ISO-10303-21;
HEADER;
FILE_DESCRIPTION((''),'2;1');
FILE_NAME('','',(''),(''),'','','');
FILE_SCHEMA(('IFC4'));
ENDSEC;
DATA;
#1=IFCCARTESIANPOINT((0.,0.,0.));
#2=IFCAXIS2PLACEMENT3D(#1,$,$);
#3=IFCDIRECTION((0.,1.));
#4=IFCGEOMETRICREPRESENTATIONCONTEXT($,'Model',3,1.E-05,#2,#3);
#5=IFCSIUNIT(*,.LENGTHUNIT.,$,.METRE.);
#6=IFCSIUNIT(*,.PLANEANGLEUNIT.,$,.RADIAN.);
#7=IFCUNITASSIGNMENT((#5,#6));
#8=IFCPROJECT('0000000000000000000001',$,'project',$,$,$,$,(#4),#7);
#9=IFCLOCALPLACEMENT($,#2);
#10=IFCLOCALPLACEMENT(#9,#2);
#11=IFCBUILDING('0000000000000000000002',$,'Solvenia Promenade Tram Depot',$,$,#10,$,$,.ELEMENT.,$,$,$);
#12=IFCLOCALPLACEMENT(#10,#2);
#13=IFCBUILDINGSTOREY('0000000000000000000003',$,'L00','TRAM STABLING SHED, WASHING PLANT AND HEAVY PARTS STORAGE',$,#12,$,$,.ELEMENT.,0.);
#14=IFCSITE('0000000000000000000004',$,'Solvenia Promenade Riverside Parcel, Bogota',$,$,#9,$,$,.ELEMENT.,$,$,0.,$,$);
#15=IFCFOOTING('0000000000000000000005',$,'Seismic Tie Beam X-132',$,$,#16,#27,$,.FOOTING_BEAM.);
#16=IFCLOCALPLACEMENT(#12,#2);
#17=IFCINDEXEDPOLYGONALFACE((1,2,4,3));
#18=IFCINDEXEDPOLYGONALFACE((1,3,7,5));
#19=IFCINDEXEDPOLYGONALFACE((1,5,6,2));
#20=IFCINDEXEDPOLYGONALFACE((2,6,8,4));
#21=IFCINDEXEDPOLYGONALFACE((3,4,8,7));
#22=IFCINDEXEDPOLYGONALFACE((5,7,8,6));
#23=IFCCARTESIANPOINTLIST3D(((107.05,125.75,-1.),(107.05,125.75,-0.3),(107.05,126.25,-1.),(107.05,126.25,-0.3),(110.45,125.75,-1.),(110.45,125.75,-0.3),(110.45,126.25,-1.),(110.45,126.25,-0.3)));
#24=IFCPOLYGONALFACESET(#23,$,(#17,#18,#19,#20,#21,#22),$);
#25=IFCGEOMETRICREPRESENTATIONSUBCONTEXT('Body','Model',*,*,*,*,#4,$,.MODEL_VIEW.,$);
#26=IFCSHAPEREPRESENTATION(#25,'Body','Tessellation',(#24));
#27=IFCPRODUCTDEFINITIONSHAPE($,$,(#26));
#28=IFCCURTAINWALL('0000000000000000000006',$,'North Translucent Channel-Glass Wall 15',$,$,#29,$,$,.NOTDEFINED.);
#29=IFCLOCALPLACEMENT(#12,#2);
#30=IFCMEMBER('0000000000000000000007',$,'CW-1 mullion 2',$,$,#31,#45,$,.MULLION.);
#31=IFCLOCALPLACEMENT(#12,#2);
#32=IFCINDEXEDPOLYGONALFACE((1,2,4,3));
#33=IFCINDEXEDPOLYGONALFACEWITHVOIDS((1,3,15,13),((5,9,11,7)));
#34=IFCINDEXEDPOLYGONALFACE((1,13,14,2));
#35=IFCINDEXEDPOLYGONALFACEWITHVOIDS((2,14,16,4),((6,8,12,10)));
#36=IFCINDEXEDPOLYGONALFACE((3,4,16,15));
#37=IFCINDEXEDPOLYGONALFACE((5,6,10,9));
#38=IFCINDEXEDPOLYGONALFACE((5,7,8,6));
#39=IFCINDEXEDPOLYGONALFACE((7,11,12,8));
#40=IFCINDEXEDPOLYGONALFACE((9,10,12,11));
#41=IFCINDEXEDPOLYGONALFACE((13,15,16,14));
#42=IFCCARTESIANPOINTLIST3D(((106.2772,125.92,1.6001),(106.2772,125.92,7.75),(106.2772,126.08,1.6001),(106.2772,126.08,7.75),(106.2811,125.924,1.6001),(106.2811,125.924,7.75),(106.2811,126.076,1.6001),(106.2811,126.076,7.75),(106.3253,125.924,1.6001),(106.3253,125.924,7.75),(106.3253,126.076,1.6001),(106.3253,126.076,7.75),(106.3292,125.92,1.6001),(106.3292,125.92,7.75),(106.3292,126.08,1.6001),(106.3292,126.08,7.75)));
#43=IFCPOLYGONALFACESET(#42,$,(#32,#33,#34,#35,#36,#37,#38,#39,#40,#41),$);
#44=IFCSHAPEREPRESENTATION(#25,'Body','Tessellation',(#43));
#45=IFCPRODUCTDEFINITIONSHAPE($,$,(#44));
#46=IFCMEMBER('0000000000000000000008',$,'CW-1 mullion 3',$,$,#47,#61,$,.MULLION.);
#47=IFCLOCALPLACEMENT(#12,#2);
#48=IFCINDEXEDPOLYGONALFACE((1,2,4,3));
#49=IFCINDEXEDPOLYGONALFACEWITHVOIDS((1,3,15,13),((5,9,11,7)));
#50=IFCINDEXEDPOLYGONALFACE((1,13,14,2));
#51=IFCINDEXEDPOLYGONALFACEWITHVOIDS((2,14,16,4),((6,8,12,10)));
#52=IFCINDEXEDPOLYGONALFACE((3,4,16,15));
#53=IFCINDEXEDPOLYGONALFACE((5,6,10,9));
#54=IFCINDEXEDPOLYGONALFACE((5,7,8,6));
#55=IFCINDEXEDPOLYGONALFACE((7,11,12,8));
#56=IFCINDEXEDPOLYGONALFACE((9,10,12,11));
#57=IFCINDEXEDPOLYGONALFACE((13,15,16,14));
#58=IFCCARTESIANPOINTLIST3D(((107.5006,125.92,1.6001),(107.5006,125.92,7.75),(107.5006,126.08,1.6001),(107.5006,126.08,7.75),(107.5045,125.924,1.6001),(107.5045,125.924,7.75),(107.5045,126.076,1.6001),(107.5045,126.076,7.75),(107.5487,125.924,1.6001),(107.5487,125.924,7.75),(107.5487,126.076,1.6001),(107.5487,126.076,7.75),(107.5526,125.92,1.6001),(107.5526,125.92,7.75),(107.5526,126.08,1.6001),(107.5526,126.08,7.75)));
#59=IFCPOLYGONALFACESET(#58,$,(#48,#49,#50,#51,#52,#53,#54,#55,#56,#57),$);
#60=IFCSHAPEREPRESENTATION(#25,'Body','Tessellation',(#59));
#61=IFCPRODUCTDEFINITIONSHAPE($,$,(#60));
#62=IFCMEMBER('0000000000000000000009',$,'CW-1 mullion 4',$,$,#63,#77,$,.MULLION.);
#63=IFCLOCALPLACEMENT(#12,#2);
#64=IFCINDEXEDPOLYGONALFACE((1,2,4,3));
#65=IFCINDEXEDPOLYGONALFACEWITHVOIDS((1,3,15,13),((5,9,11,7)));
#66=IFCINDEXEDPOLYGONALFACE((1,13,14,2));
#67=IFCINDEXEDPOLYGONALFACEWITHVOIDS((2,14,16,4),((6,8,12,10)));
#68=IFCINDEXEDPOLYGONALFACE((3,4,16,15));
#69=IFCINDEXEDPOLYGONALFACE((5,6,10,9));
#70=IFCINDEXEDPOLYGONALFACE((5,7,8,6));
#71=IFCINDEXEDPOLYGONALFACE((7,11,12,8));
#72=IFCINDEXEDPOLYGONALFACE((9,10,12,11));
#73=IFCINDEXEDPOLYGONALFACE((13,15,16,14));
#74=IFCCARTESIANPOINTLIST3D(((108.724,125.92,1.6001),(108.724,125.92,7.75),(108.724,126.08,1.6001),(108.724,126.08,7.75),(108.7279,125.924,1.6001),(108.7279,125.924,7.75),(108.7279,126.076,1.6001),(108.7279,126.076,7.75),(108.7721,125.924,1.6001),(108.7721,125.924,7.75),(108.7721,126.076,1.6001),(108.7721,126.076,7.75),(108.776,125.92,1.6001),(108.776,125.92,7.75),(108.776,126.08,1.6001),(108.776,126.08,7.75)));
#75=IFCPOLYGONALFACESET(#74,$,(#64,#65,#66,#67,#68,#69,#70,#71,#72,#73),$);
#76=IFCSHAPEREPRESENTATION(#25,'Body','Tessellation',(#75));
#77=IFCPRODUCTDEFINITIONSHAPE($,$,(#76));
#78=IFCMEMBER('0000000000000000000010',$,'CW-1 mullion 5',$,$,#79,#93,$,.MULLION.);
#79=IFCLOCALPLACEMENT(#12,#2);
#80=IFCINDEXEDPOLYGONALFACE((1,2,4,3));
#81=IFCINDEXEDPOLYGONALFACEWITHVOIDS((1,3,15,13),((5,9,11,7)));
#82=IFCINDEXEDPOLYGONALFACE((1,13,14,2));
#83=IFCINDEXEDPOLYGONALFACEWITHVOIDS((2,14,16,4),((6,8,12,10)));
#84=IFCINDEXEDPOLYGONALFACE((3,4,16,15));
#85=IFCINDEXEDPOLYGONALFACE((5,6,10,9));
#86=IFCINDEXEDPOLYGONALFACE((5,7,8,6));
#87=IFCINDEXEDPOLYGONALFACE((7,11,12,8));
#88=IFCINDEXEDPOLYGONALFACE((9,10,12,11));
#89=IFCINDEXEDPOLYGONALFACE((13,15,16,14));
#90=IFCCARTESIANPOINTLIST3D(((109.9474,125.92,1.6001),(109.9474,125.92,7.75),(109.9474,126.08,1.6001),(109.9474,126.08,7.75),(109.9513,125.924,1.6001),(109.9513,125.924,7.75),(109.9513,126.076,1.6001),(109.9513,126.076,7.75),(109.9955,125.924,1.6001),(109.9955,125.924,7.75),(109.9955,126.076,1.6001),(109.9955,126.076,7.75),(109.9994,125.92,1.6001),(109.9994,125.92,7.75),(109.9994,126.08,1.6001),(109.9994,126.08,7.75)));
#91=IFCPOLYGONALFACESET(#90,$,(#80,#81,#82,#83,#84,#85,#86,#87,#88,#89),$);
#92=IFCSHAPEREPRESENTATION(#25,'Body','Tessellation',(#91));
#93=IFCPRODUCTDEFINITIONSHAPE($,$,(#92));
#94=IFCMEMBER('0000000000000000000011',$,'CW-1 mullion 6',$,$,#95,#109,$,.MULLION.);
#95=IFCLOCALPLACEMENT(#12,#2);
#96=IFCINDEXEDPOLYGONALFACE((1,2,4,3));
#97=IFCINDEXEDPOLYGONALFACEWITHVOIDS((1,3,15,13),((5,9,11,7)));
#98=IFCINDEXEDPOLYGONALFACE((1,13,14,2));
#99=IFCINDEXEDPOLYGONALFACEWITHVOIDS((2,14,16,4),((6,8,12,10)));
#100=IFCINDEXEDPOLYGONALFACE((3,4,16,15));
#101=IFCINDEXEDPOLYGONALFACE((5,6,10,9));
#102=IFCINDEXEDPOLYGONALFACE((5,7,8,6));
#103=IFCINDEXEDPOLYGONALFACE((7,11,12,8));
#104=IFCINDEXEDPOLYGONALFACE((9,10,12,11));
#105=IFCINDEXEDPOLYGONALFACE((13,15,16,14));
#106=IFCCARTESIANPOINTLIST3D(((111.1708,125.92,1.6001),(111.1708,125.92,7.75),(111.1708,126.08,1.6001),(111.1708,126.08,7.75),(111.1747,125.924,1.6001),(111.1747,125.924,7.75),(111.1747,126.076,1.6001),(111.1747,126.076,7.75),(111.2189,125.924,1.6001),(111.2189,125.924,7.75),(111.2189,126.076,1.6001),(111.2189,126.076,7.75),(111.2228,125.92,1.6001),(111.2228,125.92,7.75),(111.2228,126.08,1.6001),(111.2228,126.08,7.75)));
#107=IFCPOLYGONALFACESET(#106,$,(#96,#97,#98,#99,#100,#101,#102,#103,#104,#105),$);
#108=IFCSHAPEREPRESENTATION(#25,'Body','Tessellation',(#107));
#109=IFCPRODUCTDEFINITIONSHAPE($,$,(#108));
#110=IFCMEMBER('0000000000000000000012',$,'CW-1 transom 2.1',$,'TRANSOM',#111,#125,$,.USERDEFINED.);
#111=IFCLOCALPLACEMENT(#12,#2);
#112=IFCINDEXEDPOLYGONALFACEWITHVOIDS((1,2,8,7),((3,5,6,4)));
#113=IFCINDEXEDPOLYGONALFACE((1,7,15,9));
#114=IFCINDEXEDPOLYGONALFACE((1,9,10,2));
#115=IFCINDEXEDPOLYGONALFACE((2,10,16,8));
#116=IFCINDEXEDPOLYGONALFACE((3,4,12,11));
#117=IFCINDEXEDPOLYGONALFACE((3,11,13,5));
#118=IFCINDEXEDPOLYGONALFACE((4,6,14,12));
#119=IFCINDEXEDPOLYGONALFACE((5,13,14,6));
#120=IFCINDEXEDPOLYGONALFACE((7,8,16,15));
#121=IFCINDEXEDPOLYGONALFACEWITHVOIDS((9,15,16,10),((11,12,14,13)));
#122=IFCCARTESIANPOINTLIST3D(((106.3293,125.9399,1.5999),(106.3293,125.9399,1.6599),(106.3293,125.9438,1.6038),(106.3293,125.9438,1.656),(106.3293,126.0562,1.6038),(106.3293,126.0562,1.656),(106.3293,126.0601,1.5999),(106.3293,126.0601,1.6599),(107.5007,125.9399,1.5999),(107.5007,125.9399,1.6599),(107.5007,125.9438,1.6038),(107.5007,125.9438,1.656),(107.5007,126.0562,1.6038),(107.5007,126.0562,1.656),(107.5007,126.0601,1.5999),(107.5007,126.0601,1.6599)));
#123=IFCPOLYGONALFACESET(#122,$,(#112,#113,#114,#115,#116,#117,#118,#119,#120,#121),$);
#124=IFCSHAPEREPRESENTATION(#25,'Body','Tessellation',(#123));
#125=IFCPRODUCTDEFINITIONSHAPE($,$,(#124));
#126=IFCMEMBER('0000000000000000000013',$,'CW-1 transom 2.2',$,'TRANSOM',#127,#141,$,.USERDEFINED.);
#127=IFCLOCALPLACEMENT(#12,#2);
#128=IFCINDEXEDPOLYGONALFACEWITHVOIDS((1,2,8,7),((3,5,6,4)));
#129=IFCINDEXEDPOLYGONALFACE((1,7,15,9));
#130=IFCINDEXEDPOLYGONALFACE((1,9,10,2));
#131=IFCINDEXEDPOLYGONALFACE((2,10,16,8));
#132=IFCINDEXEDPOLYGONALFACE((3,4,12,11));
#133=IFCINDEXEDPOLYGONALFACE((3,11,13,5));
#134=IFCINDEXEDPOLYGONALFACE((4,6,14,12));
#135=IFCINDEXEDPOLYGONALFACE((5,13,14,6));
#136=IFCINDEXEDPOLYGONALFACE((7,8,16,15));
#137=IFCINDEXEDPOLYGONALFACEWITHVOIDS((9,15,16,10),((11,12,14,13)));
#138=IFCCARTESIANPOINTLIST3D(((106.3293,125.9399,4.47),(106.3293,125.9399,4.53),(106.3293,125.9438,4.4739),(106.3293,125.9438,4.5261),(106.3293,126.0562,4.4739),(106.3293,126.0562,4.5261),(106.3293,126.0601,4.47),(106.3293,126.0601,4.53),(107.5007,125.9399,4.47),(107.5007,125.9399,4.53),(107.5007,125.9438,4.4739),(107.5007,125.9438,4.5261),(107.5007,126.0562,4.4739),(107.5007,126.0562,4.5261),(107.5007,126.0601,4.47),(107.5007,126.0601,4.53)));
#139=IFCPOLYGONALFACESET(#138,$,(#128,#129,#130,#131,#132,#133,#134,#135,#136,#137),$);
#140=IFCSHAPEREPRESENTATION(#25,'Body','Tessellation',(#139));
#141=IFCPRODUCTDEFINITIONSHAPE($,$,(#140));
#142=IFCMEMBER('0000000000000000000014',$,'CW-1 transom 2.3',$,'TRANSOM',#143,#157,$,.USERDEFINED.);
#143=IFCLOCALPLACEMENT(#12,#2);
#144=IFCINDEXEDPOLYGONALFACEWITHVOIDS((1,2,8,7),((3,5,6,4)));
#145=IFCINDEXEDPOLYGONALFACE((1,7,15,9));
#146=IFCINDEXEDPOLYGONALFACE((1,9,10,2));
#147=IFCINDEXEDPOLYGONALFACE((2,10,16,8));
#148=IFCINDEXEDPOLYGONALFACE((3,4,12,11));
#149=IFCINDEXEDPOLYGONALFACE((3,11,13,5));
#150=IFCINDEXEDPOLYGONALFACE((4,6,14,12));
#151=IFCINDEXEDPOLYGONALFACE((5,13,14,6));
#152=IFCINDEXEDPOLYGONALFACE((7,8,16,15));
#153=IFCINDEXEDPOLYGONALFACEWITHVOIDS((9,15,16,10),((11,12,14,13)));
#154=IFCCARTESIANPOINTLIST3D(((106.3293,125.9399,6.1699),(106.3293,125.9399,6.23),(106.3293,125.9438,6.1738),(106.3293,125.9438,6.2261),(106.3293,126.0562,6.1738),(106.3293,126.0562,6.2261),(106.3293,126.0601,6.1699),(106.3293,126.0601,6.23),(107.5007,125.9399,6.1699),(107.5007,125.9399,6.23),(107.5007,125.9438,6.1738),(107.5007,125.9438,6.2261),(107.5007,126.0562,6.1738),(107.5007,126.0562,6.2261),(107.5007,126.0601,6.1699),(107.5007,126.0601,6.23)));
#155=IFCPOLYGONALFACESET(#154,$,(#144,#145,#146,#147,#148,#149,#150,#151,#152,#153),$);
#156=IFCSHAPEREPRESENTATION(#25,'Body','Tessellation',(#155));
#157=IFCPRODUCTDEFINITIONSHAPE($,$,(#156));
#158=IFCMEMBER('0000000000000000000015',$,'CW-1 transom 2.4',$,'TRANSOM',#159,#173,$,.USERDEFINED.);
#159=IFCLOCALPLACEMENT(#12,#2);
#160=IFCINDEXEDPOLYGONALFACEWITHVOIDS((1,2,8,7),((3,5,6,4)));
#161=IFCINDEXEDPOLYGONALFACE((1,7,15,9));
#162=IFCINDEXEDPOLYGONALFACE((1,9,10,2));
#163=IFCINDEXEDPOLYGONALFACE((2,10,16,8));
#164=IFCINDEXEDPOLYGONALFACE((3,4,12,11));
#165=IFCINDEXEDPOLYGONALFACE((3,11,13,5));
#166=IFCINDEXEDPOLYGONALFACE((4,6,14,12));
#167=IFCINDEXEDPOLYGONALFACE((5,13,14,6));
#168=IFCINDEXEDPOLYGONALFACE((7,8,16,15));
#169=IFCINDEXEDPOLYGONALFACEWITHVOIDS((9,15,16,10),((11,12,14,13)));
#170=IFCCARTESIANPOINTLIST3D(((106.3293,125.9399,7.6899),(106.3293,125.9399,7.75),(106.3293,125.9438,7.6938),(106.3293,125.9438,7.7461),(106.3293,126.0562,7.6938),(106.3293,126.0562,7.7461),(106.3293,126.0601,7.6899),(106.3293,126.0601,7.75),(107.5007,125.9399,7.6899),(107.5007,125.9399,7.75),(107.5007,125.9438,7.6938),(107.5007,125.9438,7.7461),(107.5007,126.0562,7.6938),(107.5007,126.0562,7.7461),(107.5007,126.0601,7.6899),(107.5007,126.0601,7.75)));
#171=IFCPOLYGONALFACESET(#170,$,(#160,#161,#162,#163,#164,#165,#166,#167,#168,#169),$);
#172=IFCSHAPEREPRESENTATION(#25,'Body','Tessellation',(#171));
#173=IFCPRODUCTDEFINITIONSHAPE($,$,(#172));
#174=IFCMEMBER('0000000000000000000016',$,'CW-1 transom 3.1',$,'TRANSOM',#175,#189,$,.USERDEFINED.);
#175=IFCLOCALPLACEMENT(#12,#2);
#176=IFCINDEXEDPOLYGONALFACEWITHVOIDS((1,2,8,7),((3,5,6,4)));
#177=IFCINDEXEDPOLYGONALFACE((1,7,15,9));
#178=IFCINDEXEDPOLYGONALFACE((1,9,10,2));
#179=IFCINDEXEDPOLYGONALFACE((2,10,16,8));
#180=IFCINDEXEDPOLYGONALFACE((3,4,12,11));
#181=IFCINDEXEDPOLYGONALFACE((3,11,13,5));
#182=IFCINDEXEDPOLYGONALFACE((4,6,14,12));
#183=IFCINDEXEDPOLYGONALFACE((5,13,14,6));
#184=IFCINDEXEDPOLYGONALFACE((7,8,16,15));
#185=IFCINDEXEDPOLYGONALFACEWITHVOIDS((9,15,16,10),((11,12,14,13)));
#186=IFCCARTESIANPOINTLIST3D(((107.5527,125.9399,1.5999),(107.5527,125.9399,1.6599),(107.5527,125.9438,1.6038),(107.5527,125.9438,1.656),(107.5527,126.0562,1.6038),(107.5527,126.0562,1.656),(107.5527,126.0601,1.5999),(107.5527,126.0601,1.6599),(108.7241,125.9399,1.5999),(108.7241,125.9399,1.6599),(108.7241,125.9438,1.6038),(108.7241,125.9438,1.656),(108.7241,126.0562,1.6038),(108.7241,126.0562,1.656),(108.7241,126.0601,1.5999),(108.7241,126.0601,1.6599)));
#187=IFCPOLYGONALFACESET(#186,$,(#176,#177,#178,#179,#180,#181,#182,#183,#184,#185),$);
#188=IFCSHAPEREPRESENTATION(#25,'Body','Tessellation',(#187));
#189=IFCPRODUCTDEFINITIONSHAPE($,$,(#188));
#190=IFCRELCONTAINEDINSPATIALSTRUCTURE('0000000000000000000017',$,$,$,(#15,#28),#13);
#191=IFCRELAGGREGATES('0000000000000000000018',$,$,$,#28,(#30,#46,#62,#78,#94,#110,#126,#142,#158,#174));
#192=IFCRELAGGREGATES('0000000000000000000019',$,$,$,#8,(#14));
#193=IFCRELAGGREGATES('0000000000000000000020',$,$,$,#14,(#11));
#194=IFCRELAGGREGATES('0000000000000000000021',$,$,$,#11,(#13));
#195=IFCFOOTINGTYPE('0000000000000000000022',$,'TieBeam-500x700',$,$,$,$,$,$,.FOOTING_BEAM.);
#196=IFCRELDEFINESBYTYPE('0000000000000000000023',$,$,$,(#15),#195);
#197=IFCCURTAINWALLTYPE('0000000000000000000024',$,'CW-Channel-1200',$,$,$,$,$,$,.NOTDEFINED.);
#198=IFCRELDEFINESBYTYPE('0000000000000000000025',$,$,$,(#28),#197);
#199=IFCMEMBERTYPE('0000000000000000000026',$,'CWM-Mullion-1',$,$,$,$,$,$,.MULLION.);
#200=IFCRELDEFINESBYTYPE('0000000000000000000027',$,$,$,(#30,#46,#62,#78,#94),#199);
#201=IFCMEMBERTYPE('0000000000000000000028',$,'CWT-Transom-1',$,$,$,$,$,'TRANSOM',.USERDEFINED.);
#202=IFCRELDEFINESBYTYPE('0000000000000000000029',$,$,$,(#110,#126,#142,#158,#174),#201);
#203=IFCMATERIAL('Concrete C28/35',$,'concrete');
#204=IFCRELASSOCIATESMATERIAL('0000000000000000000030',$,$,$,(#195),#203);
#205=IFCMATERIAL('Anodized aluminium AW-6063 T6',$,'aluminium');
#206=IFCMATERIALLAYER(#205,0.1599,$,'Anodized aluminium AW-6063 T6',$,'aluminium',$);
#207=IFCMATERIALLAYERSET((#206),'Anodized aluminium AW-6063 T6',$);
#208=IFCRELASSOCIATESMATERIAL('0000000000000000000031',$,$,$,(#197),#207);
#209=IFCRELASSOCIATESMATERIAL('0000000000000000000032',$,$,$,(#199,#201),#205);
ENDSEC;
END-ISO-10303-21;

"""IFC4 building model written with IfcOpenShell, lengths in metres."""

from ifc_helpers import new_model, si_unit, direction, frame, origin, origin_2d, place, context, subcontext, project, spatial, rectangle, hollow_rectangle, extrude, material, layer, layer_set, material_profile, profile_set, type_object, element, aggregate, save


model = new_model("IFC4")

# Units and contexts
model_context = context("Model", 3, precision=1e-05, world=origin(), true_north=direction((0.0, 1.0)))
body_context = subcontext(model_context, "Body", "Model", "MODEL_VIEW")
ifc_project = project(units=[si_unit("LENGTHUNIT", "METRE"), si_unit("PLANEANGLEUNIT", "RADIAN")], contexts=[model_context])

# Site, building, storey
site_placement = place(None, origin())
site = spatial("IfcSite", under=ifc_project, at=site_placement, Name="Solvenia Promenade Riverside Parcel, Bogota", CompositionType="ELEMENT", RefElevation=0.0)
building_placement = place(site_placement, origin())
building = spatial("IfcBuilding", under=site, at=building_placement, Name="Solvenia Promenade Tram Depot", CompositionType="ELEMENT")
storey_placement = place(building_placement, origin())
storey = spatial("IfcBuildingStorey", under=building, at=storey_placement, Name="L00", Description="TRAM STABLING SHED, WASHING PLANT AND HEAVY PARTS STORAGE", CompositionType="ELEMENT", Elevation=0.0)

# Footing
ifc_material_1 = material(Name="Concrete C28/35", Category="concrete")
footing_type = type_object("IfcFootingType", Name="TieBeam-500x700", PredefinedType="FOOTING_BEAM", material=ifc_material_1)
footing_placement = place(storey_placement, frame((108.75, 126.0, -1.0), z_axis=(0.0, 0.0, 1.0), x_axis=(1.0, 0.0, 0.0)))
element("IfcFooting", 1, at=footing_placement, inside=storey, type_object=footing_type, Name="Seismic Tie Beam X-132", PredefinedType="FOOTING_BEAM", context=body_context, shape_type="SweptSolid", body=[
    extrude(rectangle(XDim=3.3999, YDim=0.5, at=origin_2d()), origin(), (0.0, 0.0, 1.0), 0.7),
])

# Curtain wall, members
ifc_material_2 = material(Name="Anodized aluminium AW-6063 T6", Category="aluminium")
ifc_layer_1 = layer(ifc_material_2, 0.1599, Name="Anodized aluminium AW-6063 T6", Category="aluminium")
ifc_layer_set_1 = layer_set([ifc_layer_1], Name="Anodized aluminium AW-6063 T6")
curtain_wall_type = type_object("IfcCurtainWallType", Name="CW-Channel-1200", PredefinedType="NOTDEFINED", material=ifc_layer_set_1)
curtain_wall_placement = place(storey_placement, origin())
curtain_wall = element("IfcCurtainWall", 2, at=curtain_wall_placement, inside=storey, type_object=curtain_wall_type, Name="North Translucent Channel-Glass Wall 15", PredefinedType="NOTDEFINED")
ifc_material_profile_1 = material_profile(ifc_material_2, hollow_rectangle(XDim=0.1599, YDim=0.052, WallThickness=0.0039, at=origin_2d()), Name="ALU-M1", Category="aluminium")
ifc_profile_set_1 = profile_set([ifc_material_profile_1], Name="Anodized aluminium AW-6063 T6")
member_type_1 = type_object("IfcMemberType", Name="CWM-Mullion-1", PredefinedType="MULLION", material=ifc_profile_set_1)
member_1_placement = place(storey_placement, frame((106.3032, 126.0, 1.6001), z_axis=(0.0, 0.0, 1.0), x_axis=(0.0, 1.0, 0.0)))
member_1 = element("IfcMember", 3, at=member_1_placement, type_object=member_type_1, Name="CW-1 mullion 2", PredefinedType="MULLION", context=body_context, shape_type="SweptSolid", body=[
    extrude(hollow_rectangle(XDim=0.1599, YDim=0.052, WallThickness=0.0039, at=origin_2d()), origin(), (0.0, 0.0, 1.0), 6.1499),
])
member_2_placement = place(storey_placement, frame((107.5266, 126.0, 1.6001), z_axis=(0.0, 0.0, 1.0), x_axis=(0.0, 1.0, 0.0)))
member_2 = element("IfcMember", 4, at=member_2_placement, type_object=member_type_1, Name="CW-1 mullion 3", PredefinedType="MULLION", context=body_context, shape_type="SweptSolid", body=[
    extrude(hollow_rectangle(XDim=0.1599, YDim=0.052, WallThickness=0.0039, at=origin_2d()), origin(), (0.0, 0.0, 1.0), 6.1499),
])
member_3_placement = place(storey_placement, frame((108.75, 126.0, 1.6001), z_axis=(0.0, 0.0, 1.0), x_axis=(0.0, 1.0, 0.0)))
member_3 = element("IfcMember", 5, at=member_3_placement, type_object=member_type_1, Name="CW-1 mullion 4", PredefinedType="MULLION", context=body_context, shape_type="SweptSolid", body=[
    extrude(hollow_rectangle(XDim=0.1599, YDim=0.052, WallThickness=0.0039, at=origin_2d()), origin(), (0.0, 0.0, 1.0), 6.1499),
])
member_4_placement = place(storey_placement, frame((109.9734, 126.0, 1.6001), z_axis=(0.0, 0.0, 1.0), x_axis=(0.0, 1.0, 0.0)))
member_4 = element("IfcMember", 6, at=member_4_placement, type_object=member_type_1, Name="CW-1 mullion 5", PredefinedType="MULLION", context=body_context, shape_type="SweptSolid", body=[
    extrude(hollow_rectangle(XDim=0.1599, YDim=0.052, WallThickness=0.0039, at=origin_2d()), origin(), (0.0, 0.0, 1.0), 6.1499),
])
member_5_placement = place(storey_placement, frame((111.1968, 126.0, 1.6001), z_axis=(0.0, 0.0, 1.0), x_axis=(0.0, 1.0, 0.0)))
member_5 = element("IfcMember", 7, at=member_5_placement, type_object=member_type_1, Name="CW-1 mullion 6", PredefinedType="MULLION", context=body_context, shape_type="SweptSolid", body=[
    extrude(hollow_rectangle(XDim=0.1599, YDim=0.052, WallThickness=0.0039, at=origin_2d()), origin(), (0.0, 0.0, 1.0), 6.1499),
])
ifc_material_profile_2 = material_profile(ifc_material_2, hollow_rectangle(XDim=0.1201, YDim=0.0601, WallThickness=0.0039, at=origin_2d()), Name="ALU-T1", Category="aluminium")
ifc_profile_set_2 = profile_set([ifc_material_profile_2], Name="Anodized aluminium AW-6063 T6")
member_type_2 = type_object("IfcMemberType", Name="CWT-Transom-1", ElementType="TRANSOM", PredefinedType="USERDEFINED", material=ifc_profile_set_2)
member_6_placement = place(storey_placement, frame((106.3293, 126.0, 1.6299), z_axis=(1.0, 0.0, 0.0), x_axis=(0.0, 1.0, 0.0)))
member_6 = element("IfcMember", 8, at=member_6_placement, type_object=member_type_2, Name="CW-1 transom 2.1", ObjectType="TRANSOM", PredefinedType="USERDEFINED", context=body_context, shape_type="SweptSolid", body=[
    extrude(hollow_rectangle(XDim=0.1201, YDim=0.0601, WallThickness=0.0039, at=origin_2d()), origin(), (0.0, 0.0, 1.0), 1.1714),
])
member_7_placement = place(storey_placement, frame((106.3293, 126.0, 4.5), z_axis=(1.0, 0.0, 0.0), x_axis=(0.0, 1.0, 0.0)))
member_7 = element("IfcMember", 9, at=member_7_placement, type_object=member_type_2, Name="CW-1 transom 2.2", ObjectType="TRANSOM", PredefinedType="USERDEFINED", context=body_context, shape_type="SweptSolid", body=[
    extrude(hollow_rectangle(XDim=0.1201, YDim=0.0601, WallThickness=0.0039, at=origin_2d()), origin(), (0.0, 0.0, 1.0), 1.1714),
])
member_8_placement = place(storey_placement, frame((106.3293, 126.0, 6.2), z_axis=(1.0, 0.0, 0.0), x_axis=(0.0, 1.0, 0.0)))
member_8 = element("IfcMember", 10, at=member_8_placement, type_object=member_type_2, Name="CW-1 transom 2.3", ObjectType="TRANSOM", PredefinedType="USERDEFINED", context=body_context, shape_type="SweptSolid", body=[
    extrude(hollow_rectangle(XDim=0.1201, YDim=0.0601, WallThickness=0.0039, at=origin_2d()), origin(), (0.0, 0.0, 1.0), 1.1714),
])
member_9_placement = place(storey_placement, frame((106.3293, 126.0, 7.72), z_axis=(1.0, 0.0, 0.0), x_axis=(0.0, 1.0, 0.0)))
member_9 = element("IfcMember", 11, at=member_9_placement, type_object=member_type_2, Name="CW-1 transom 2.4", ObjectType="TRANSOM", PredefinedType="USERDEFINED", context=body_context, shape_type="SweptSolid", body=[
    extrude(hollow_rectangle(XDim=0.1201, YDim=0.0601, WallThickness=0.0039, at=origin_2d()), origin(), (0.0, 0.0, 1.0), 1.1714),
])
member_10_placement = place(storey_placement, frame((107.5527, 126.0, 1.6299), z_axis=(1.0, 0.0, 0.0), x_axis=(0.0, 1.0, 0.0)))
member_10 = element("IfcMember", 12, at=member_10_placement, type_object=member_type_2, Name="CW-1 transom 3.1", ObjectType="TRANSOM", PredefinedType="USERDEFINED", context=body_context, shape_type="SweptSolid", body=[
    extrude(hollow_rectangle(XDim=0.1201, YDim=0.0601, WallThickness=0.0039, at=origin_2d()), origin(), (0.0, 0.0, 1.0), 1.1714),
])
aggregate(curtain_wall, [member_1, member_2, member_3, member_4, member_5, member_6, member_7, member_8, member_9, member_10])

save(model, "model.ifc")
